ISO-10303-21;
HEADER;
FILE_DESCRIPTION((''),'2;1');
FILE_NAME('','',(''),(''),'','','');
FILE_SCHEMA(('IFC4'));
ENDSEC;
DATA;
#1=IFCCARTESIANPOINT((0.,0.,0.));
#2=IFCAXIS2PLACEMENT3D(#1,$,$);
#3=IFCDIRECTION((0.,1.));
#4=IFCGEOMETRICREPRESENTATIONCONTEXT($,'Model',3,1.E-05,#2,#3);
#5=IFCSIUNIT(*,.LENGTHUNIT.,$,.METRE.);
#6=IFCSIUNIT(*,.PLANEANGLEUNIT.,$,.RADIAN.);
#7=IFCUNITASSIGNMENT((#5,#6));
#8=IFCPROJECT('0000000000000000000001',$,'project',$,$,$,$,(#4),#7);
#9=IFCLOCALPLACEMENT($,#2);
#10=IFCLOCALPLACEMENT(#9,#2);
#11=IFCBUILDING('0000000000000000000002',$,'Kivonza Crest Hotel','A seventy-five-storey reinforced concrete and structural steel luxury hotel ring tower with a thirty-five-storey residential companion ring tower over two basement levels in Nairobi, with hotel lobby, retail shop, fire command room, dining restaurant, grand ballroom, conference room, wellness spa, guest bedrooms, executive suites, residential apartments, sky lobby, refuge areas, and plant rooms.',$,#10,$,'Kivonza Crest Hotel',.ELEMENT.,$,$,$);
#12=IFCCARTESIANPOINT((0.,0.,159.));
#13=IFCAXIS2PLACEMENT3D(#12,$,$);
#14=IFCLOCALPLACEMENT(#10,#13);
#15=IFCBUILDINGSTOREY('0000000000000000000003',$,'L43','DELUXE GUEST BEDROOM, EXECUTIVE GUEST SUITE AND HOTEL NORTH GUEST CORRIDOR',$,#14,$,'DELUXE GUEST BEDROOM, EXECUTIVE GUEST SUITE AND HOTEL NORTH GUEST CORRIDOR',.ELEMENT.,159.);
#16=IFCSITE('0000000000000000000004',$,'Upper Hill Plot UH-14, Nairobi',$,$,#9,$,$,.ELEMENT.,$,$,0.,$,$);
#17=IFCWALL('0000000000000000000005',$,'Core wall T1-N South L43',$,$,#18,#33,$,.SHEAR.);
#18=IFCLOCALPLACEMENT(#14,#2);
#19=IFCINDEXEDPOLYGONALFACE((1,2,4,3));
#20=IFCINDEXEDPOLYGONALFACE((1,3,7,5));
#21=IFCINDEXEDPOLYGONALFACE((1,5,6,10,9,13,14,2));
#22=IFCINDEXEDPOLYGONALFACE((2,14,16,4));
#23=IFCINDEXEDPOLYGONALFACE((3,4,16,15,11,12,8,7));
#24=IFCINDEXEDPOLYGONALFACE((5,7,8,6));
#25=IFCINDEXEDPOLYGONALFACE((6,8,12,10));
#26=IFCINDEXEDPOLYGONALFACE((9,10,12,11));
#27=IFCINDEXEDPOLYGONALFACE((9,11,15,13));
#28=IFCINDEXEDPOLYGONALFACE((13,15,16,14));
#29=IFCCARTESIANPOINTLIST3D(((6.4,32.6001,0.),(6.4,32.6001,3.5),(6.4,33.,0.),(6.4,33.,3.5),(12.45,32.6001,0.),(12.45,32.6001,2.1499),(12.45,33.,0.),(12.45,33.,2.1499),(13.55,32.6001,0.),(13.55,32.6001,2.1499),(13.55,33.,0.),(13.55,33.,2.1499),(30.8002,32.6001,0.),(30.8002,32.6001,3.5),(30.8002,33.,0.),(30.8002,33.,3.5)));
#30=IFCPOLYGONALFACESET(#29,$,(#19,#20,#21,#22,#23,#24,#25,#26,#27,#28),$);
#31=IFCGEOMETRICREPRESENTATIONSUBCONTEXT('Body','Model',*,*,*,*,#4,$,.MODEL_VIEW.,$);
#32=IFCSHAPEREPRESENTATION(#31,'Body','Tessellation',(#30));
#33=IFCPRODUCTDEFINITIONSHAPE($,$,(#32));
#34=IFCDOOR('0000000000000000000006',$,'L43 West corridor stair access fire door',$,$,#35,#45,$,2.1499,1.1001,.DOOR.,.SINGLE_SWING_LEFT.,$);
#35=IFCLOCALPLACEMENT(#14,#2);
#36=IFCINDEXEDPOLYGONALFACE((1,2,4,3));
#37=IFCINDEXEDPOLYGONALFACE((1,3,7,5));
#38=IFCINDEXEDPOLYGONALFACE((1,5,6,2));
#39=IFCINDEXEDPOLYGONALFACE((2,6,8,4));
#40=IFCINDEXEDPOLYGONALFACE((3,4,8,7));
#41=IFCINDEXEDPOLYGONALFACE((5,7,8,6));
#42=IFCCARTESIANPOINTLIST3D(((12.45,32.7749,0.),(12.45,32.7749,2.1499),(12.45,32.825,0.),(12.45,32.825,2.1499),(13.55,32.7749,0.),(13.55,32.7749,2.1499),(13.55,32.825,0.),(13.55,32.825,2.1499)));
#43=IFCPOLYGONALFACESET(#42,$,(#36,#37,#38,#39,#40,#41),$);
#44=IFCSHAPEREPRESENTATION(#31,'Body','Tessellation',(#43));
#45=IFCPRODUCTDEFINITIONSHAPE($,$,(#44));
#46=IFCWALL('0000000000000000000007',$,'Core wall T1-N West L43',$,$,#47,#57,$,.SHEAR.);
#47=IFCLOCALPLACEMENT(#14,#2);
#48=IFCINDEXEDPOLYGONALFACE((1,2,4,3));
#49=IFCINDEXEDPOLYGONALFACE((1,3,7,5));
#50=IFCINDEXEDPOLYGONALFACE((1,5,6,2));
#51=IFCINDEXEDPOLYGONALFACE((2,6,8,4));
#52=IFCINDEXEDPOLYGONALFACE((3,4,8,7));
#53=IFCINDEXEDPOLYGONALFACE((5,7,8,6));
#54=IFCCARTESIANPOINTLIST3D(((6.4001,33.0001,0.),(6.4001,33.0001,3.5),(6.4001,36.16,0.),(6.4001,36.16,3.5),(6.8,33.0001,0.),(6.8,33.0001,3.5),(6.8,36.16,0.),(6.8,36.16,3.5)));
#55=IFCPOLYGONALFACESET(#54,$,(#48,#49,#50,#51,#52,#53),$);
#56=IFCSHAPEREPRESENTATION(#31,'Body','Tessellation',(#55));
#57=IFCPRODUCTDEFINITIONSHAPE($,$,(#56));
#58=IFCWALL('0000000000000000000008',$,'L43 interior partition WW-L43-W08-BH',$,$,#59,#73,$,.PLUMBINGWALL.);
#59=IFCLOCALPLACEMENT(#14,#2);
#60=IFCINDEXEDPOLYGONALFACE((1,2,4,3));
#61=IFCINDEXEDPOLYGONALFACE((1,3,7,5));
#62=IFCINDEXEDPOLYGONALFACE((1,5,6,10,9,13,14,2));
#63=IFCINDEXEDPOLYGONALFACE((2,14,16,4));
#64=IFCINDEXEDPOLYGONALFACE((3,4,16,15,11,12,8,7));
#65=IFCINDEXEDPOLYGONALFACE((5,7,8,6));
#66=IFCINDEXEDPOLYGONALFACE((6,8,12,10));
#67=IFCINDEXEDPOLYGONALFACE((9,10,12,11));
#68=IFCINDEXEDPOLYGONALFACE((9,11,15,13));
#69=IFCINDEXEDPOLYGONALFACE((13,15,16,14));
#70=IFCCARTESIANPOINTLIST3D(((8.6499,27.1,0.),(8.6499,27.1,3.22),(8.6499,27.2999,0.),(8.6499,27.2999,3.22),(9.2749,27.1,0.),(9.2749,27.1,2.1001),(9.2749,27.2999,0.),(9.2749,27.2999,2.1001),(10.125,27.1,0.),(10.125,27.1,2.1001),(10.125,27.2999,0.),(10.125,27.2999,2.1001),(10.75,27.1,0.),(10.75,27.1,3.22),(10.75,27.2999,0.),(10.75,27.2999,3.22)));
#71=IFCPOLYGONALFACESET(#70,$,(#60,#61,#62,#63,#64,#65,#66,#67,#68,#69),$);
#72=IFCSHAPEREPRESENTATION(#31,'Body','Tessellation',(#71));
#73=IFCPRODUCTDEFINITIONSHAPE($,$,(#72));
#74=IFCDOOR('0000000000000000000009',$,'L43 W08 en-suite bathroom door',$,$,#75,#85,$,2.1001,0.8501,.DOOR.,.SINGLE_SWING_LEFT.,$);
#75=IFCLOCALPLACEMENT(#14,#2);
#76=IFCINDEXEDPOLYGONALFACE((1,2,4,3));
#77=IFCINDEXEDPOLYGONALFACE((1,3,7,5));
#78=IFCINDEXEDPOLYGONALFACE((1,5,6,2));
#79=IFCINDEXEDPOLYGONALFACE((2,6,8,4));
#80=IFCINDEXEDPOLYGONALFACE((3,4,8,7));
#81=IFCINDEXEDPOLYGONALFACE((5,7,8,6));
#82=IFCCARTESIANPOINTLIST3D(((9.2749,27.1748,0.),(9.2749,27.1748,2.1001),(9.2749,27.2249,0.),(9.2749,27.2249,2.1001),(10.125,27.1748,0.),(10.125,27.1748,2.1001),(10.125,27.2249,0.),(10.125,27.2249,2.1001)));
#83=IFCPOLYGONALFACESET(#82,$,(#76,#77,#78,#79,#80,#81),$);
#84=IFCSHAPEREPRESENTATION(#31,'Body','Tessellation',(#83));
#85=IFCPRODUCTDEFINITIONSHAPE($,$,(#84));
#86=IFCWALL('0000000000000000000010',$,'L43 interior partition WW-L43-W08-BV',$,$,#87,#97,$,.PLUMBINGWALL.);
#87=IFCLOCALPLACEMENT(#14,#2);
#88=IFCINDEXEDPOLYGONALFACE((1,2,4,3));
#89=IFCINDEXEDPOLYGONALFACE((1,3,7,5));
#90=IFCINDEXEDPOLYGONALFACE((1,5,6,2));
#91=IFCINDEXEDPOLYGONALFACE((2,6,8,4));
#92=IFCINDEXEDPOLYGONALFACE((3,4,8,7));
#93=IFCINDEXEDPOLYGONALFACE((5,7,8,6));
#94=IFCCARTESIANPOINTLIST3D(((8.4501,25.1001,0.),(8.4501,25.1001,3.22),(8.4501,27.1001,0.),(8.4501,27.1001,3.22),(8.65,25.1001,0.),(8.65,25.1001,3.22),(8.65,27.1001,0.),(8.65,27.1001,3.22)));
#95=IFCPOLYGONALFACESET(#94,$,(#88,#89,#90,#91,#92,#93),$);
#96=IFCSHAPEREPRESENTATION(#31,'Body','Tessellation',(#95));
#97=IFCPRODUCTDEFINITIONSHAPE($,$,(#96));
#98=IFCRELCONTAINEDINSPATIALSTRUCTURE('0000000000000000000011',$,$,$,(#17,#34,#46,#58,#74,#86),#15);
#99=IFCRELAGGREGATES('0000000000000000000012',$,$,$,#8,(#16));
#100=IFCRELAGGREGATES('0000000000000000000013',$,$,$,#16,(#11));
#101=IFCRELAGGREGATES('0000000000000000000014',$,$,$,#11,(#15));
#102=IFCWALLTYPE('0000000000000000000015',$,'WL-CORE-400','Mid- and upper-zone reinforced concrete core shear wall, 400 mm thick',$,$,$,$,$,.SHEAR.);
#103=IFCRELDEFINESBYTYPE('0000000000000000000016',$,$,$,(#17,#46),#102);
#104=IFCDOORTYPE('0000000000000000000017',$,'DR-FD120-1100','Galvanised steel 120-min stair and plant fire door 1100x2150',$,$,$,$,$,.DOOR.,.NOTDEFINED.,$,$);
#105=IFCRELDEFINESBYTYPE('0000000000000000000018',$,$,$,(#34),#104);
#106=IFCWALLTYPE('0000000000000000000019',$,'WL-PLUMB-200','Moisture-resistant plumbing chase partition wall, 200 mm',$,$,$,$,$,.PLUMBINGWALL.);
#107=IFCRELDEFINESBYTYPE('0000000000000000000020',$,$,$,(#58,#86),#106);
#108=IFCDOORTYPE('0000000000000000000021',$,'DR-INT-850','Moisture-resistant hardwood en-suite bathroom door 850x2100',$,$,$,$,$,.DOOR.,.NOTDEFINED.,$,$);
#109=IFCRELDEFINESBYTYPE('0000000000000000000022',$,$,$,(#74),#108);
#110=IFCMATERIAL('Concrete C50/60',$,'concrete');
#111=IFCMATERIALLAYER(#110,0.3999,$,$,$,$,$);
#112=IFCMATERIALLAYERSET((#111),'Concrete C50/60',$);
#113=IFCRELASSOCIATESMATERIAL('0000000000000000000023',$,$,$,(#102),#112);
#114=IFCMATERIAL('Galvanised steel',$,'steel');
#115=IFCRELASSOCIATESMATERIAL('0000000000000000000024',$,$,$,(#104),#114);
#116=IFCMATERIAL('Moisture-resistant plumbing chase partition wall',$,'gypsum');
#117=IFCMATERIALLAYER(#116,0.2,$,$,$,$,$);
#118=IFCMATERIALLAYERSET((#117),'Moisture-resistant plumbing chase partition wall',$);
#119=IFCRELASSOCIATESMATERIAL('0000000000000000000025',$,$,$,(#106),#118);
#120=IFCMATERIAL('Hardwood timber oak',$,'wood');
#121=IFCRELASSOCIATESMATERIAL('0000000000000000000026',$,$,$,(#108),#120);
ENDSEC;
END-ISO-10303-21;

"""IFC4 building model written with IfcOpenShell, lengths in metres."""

from ifc_helpers import new_model, si_unit, direction, frame, frame_2d, origin, place, context, subcontext, project, spatial, rectangle, extrude, material, layer, layer_set, type_object, element, fill, save


model = new_model("IFC4")

# Units and contexts
model_context = context("Model", 3, precision=1e-05, world=origin(), true_north=direction((0.0, 1.0)))
body_context = subcontext(model_context, "Body", "Model", "MODEL_VIEW")
ifc_project = project(units=[si_unit("LENGTHUNIT", "METRE"), si_unit("PLANEANGLEUNIT", "RADIAN")], contexts=[model_context])

# Site, building, storey
site_placement = place(None, origin())
site = spatial("IfcSite", under=ifc_project, at=site_placement, Name="Upper Hill Plot UH-14, Nairobi", CompositionType="ELEMENT", RefElevation=0.0)
building_placement = place(site_placement, origin())
building = spatial("IfcBuilding", under=site, at=building_placement, Name="Kivonza Crest Hotel", Description="A seventy-five-storey reinforced concrete and structural steel luxury hotel ring tower with a thirty-five-storey residential companion ring tower over two basement levels in Nairobi, with hotel lobby, retail shop, fire command room, dining restaurant, grand ballroom, conference room, wellness spa, guest bedrooms, executive suites, residential apartments, sky lobby, refuge areas, and plant rooms.", LongName="Kivonza Crest Hotel", CompositionType="ELEMENT")
storey_placement = place(building_placement, frame((0.0, 0.0, 159.0)))
storey = spatial("IfcBuildingStorey", under=building, at=storey_placement, Name="L43", Description="DELUXE GUEST BEDROOM, EXECUTIVE GUEST SUITE AND HOTEL NORTH GUEST CORRIDOR", LongName="DELUXE GUEST BEDROOM, EXECUTIVE GUEST SUITE AND HOTEL NORTH GUEST CORRIDOR", CompositionType="ELEMENT", Elevation=159.0)

# Shared definitions
ifc_material_1 = material(Name="Concrete C50/60", Category="concrete")

# Wall, opening, door
ifc_layer_1 = layer(ifc_material_1, 0.3999)
ifc_layer_set_1 = layer_set([ifc_layer_1], Name="Concrete C50/60")
wall_type_1 = type_object("IfcWallType", Name="WL-CORE-400", Description="Mid- and upper-zone reinforced concrete core shear wall, 400 mm thick", PredefinedType="SHEAR", material=ifc_layer_set_1)
wall_1_placement = place(storey_placement, frame((6.3999, 32.8, 0.0), z_axis=(0.0, 0.0, 1.0), x_axis=(1.0, 0.0, 0.0)))
wall_1 = element("IfcWall", 1, at=wall_1_placement, inside=storey, type_object=wall_type_1, Name="Core wall T1-N South L43", PredefinedType="SHEAR", context=body_context, shape_type="SweptSolid", body=[
    extrude(rectangle(XDim=24.4001, YDim=0.3999, at=frame_2d((12.2002, 0.0))), origin(), (0.0, 0.0, 1.0), 3.5),
])
opening_1_placement = place(wall_1_placement, frame((6.05, 0.0, 0.0)))
opening_1 = element("IfcOpeningElement", 2, at=opening_1_placement, cuts=wall_1, PredefinedType="OPENING", context=body_context, shape_type="SweptSolid", body=[
    extrude(rectangle(XDim=1.1001, YDim=2.1499, at=frame_2d((0.55, 1.075))), frame((0.0, 0.21, 0.0), z_axis=(0.0, -1.0, 0.0), x_axis=(1.0, 0.0, 0.0)), (0.0, 0.0, 1.0), 0.4199),
])
ifc_material_2 = material(Name="Galvanised steel", Category="steel")
door_type_1 = type_object("IfcDoorType", Name="DR-FD120-1100", Description="Galvanised steel 120-min stair and plant fire door 1100x2150", OperationType="NOTDEFINED", PredefinedType="DOOR", material=ifc_material_2)
door_1_placement = place(opening_1_placement, origin())
door_1 = element("IfcDoor", 3, at=door_1_placement, inside=storey, type_object=door_type_1, Name="L43 West corridor stair access fire door", OperationType="SINGLE_SWING_LEFT", OverallHeight=2.1499, OverallWidth=1.1001, PredefinedType="DOOR", context=body_context, shape_type="SweptSolid", body=[
    extrude(rectangle(XDim=1.1001, YDim=2.1499, at=frame_2d((0.55, 1.075))), frame((0.0, 0.0249, 0.0), z_axis=(0.0, -1.0, 0.0), x_axis=(1.0, 0.0, 0.0)), (0.0, 0.0, 1.0), 0.05),
])
fill(opening_1, door_1)

# Wall
wall_2_placement = place(storey_placement, frame((6.6001, 33.0, 0.0), z_axis=(0.0, 0.0, 1.0), x_axis=(0.0, 1.0, 0.0)))
element("IfcWall", 4, at=wall_2_placement, inside=storey, type_object=wall_type_1, Name="Core wall T1-N West L43", PredefinedType="SHEAR", context=body_context, shape_type="SweptSolid", body=[
    extrude(rectangle(XDim=3.1599, YDim=0.3999, at=frame_2d((1.5801, 0.0))), origin(), (0.0, 0.0, 1.0), 3.5),
])

# Wall, opening, door
ifc_material_3 = material(Name="Moisture-resistant plumbing chase partition wall", Category="gypsum")
ifc_layer_2 = layer(ifc_material_3, 0.2)
ifc_layer_set_2 = layer_set([ifc_layer_2], Name="Moisture-resistant plumbing chase partition wall")
wall_type_2 = type_object("IfcWallType", Name="WL-PLUMB-200", Description="Moisture-resistant plumbing chase partition wall, 200 mm", PredefinedType="PLUMBINGWALL", material=ifc_layer_set_2)
wall_3_placement = place(storey_placement, frame((8.6499, 27.2, 0.0), z_axis=(0.0, 0.0, 1.0), x_axis=(1.0, 0.0, 0.0)))
wall_3 = element("IfcWall", 5, at=wall_3_placement, inside=storey, type_object=wall_type_2, Name="L43 interior partition WW-L43-W08-BH", PredefinedType="PLUMBINGWALL", context=body_context, shape_type="SweptSolid", body=[
    extrude(rectangle(XDim=2.1001, YDim=0.2, at=frame_2d((1.05, 0.0))), origin(), (0.0, 0.0, 1.0), 3.22),
])
opening_2_placement = place(wall_3_placement, frame((0.625, 0.0, 0.0)))
opening_2 = element("IfcOpeningElement", 6, at=opening_2_placement, cuts=wall_3, PredefinedType="OPENING", context=body_context, shape_type="SweptSolid", body=[
    extrude(rectangle(XDim=0.8501, YDim=2.1001, at=frame_2d((0.425, 1.05))), frame((0.0, 0.1099, 0.0), z_axis=(0.0, -1.0, 0.0), x_axis=(1.0, 0.0, 0.0)), (0.0, 0.0, 1.0), 0.22),
])
ifc_material_4 = material(Name="Hardwood timber oak", Category="wood")
door_type_2 = type_object("IfcDoorType", Name="DR-INT-850", Description="Moisture-resistant hardwood en-suite bathroom door 850x2100", OperationType="NOTDEFINED", PredefinedType="DOOR", material=ifc_material_4)
door_2_placement = place(opening_2_placement, origin())
door_2 = element("IfcDoor", 7, at=door_2_placement, inside=storey, type_object=door_type_2, Name="L43 W08 en-suite bathroom door", OperationType="SINGLE_SWING_LEFT", OverallHeight=2.1001, OverallWidth=0.8501, PredefinedType="DOOR", context=body_context, shape_type="SweptSolid", body=[
    extrude(rectangle(XDim=0.8501, YDim=2.1001, at=frame_2d((0.425, 1.05))), frame((0.0, 0.0249, 0.0), z_axis=(0.0, -1.0, 0.0), x_axis=(1.0, 0.0, 0.0)), (0.0, 0.0, 1.0), 0.05),
])
fill(opening_2, door_2)

# Wall
wall_4_placement = place(storey_placement, frame((8.55, 25.1001, 0.0), z_axis=(0.0, 0.0, 1.0), x_axis=(0.0, 1.0, 0.0)))
element("IfcWall", 8, at=wall_4_placement, inside=storey, type_object=wall_type_2, Name="L43 interior partition WW-L43-W08-BV", PredefinedType="PLUMBINGWALL", context=body_context, shape_type="SweptSolid", body=[
    extrude(rectangle(XDim=2.0, YDim=0.2, at=frame_2d((1.0, 0.0))), origin(), (0.0, 0.0, 1.0), 3.22),
])

save(model, "model.ifc")
